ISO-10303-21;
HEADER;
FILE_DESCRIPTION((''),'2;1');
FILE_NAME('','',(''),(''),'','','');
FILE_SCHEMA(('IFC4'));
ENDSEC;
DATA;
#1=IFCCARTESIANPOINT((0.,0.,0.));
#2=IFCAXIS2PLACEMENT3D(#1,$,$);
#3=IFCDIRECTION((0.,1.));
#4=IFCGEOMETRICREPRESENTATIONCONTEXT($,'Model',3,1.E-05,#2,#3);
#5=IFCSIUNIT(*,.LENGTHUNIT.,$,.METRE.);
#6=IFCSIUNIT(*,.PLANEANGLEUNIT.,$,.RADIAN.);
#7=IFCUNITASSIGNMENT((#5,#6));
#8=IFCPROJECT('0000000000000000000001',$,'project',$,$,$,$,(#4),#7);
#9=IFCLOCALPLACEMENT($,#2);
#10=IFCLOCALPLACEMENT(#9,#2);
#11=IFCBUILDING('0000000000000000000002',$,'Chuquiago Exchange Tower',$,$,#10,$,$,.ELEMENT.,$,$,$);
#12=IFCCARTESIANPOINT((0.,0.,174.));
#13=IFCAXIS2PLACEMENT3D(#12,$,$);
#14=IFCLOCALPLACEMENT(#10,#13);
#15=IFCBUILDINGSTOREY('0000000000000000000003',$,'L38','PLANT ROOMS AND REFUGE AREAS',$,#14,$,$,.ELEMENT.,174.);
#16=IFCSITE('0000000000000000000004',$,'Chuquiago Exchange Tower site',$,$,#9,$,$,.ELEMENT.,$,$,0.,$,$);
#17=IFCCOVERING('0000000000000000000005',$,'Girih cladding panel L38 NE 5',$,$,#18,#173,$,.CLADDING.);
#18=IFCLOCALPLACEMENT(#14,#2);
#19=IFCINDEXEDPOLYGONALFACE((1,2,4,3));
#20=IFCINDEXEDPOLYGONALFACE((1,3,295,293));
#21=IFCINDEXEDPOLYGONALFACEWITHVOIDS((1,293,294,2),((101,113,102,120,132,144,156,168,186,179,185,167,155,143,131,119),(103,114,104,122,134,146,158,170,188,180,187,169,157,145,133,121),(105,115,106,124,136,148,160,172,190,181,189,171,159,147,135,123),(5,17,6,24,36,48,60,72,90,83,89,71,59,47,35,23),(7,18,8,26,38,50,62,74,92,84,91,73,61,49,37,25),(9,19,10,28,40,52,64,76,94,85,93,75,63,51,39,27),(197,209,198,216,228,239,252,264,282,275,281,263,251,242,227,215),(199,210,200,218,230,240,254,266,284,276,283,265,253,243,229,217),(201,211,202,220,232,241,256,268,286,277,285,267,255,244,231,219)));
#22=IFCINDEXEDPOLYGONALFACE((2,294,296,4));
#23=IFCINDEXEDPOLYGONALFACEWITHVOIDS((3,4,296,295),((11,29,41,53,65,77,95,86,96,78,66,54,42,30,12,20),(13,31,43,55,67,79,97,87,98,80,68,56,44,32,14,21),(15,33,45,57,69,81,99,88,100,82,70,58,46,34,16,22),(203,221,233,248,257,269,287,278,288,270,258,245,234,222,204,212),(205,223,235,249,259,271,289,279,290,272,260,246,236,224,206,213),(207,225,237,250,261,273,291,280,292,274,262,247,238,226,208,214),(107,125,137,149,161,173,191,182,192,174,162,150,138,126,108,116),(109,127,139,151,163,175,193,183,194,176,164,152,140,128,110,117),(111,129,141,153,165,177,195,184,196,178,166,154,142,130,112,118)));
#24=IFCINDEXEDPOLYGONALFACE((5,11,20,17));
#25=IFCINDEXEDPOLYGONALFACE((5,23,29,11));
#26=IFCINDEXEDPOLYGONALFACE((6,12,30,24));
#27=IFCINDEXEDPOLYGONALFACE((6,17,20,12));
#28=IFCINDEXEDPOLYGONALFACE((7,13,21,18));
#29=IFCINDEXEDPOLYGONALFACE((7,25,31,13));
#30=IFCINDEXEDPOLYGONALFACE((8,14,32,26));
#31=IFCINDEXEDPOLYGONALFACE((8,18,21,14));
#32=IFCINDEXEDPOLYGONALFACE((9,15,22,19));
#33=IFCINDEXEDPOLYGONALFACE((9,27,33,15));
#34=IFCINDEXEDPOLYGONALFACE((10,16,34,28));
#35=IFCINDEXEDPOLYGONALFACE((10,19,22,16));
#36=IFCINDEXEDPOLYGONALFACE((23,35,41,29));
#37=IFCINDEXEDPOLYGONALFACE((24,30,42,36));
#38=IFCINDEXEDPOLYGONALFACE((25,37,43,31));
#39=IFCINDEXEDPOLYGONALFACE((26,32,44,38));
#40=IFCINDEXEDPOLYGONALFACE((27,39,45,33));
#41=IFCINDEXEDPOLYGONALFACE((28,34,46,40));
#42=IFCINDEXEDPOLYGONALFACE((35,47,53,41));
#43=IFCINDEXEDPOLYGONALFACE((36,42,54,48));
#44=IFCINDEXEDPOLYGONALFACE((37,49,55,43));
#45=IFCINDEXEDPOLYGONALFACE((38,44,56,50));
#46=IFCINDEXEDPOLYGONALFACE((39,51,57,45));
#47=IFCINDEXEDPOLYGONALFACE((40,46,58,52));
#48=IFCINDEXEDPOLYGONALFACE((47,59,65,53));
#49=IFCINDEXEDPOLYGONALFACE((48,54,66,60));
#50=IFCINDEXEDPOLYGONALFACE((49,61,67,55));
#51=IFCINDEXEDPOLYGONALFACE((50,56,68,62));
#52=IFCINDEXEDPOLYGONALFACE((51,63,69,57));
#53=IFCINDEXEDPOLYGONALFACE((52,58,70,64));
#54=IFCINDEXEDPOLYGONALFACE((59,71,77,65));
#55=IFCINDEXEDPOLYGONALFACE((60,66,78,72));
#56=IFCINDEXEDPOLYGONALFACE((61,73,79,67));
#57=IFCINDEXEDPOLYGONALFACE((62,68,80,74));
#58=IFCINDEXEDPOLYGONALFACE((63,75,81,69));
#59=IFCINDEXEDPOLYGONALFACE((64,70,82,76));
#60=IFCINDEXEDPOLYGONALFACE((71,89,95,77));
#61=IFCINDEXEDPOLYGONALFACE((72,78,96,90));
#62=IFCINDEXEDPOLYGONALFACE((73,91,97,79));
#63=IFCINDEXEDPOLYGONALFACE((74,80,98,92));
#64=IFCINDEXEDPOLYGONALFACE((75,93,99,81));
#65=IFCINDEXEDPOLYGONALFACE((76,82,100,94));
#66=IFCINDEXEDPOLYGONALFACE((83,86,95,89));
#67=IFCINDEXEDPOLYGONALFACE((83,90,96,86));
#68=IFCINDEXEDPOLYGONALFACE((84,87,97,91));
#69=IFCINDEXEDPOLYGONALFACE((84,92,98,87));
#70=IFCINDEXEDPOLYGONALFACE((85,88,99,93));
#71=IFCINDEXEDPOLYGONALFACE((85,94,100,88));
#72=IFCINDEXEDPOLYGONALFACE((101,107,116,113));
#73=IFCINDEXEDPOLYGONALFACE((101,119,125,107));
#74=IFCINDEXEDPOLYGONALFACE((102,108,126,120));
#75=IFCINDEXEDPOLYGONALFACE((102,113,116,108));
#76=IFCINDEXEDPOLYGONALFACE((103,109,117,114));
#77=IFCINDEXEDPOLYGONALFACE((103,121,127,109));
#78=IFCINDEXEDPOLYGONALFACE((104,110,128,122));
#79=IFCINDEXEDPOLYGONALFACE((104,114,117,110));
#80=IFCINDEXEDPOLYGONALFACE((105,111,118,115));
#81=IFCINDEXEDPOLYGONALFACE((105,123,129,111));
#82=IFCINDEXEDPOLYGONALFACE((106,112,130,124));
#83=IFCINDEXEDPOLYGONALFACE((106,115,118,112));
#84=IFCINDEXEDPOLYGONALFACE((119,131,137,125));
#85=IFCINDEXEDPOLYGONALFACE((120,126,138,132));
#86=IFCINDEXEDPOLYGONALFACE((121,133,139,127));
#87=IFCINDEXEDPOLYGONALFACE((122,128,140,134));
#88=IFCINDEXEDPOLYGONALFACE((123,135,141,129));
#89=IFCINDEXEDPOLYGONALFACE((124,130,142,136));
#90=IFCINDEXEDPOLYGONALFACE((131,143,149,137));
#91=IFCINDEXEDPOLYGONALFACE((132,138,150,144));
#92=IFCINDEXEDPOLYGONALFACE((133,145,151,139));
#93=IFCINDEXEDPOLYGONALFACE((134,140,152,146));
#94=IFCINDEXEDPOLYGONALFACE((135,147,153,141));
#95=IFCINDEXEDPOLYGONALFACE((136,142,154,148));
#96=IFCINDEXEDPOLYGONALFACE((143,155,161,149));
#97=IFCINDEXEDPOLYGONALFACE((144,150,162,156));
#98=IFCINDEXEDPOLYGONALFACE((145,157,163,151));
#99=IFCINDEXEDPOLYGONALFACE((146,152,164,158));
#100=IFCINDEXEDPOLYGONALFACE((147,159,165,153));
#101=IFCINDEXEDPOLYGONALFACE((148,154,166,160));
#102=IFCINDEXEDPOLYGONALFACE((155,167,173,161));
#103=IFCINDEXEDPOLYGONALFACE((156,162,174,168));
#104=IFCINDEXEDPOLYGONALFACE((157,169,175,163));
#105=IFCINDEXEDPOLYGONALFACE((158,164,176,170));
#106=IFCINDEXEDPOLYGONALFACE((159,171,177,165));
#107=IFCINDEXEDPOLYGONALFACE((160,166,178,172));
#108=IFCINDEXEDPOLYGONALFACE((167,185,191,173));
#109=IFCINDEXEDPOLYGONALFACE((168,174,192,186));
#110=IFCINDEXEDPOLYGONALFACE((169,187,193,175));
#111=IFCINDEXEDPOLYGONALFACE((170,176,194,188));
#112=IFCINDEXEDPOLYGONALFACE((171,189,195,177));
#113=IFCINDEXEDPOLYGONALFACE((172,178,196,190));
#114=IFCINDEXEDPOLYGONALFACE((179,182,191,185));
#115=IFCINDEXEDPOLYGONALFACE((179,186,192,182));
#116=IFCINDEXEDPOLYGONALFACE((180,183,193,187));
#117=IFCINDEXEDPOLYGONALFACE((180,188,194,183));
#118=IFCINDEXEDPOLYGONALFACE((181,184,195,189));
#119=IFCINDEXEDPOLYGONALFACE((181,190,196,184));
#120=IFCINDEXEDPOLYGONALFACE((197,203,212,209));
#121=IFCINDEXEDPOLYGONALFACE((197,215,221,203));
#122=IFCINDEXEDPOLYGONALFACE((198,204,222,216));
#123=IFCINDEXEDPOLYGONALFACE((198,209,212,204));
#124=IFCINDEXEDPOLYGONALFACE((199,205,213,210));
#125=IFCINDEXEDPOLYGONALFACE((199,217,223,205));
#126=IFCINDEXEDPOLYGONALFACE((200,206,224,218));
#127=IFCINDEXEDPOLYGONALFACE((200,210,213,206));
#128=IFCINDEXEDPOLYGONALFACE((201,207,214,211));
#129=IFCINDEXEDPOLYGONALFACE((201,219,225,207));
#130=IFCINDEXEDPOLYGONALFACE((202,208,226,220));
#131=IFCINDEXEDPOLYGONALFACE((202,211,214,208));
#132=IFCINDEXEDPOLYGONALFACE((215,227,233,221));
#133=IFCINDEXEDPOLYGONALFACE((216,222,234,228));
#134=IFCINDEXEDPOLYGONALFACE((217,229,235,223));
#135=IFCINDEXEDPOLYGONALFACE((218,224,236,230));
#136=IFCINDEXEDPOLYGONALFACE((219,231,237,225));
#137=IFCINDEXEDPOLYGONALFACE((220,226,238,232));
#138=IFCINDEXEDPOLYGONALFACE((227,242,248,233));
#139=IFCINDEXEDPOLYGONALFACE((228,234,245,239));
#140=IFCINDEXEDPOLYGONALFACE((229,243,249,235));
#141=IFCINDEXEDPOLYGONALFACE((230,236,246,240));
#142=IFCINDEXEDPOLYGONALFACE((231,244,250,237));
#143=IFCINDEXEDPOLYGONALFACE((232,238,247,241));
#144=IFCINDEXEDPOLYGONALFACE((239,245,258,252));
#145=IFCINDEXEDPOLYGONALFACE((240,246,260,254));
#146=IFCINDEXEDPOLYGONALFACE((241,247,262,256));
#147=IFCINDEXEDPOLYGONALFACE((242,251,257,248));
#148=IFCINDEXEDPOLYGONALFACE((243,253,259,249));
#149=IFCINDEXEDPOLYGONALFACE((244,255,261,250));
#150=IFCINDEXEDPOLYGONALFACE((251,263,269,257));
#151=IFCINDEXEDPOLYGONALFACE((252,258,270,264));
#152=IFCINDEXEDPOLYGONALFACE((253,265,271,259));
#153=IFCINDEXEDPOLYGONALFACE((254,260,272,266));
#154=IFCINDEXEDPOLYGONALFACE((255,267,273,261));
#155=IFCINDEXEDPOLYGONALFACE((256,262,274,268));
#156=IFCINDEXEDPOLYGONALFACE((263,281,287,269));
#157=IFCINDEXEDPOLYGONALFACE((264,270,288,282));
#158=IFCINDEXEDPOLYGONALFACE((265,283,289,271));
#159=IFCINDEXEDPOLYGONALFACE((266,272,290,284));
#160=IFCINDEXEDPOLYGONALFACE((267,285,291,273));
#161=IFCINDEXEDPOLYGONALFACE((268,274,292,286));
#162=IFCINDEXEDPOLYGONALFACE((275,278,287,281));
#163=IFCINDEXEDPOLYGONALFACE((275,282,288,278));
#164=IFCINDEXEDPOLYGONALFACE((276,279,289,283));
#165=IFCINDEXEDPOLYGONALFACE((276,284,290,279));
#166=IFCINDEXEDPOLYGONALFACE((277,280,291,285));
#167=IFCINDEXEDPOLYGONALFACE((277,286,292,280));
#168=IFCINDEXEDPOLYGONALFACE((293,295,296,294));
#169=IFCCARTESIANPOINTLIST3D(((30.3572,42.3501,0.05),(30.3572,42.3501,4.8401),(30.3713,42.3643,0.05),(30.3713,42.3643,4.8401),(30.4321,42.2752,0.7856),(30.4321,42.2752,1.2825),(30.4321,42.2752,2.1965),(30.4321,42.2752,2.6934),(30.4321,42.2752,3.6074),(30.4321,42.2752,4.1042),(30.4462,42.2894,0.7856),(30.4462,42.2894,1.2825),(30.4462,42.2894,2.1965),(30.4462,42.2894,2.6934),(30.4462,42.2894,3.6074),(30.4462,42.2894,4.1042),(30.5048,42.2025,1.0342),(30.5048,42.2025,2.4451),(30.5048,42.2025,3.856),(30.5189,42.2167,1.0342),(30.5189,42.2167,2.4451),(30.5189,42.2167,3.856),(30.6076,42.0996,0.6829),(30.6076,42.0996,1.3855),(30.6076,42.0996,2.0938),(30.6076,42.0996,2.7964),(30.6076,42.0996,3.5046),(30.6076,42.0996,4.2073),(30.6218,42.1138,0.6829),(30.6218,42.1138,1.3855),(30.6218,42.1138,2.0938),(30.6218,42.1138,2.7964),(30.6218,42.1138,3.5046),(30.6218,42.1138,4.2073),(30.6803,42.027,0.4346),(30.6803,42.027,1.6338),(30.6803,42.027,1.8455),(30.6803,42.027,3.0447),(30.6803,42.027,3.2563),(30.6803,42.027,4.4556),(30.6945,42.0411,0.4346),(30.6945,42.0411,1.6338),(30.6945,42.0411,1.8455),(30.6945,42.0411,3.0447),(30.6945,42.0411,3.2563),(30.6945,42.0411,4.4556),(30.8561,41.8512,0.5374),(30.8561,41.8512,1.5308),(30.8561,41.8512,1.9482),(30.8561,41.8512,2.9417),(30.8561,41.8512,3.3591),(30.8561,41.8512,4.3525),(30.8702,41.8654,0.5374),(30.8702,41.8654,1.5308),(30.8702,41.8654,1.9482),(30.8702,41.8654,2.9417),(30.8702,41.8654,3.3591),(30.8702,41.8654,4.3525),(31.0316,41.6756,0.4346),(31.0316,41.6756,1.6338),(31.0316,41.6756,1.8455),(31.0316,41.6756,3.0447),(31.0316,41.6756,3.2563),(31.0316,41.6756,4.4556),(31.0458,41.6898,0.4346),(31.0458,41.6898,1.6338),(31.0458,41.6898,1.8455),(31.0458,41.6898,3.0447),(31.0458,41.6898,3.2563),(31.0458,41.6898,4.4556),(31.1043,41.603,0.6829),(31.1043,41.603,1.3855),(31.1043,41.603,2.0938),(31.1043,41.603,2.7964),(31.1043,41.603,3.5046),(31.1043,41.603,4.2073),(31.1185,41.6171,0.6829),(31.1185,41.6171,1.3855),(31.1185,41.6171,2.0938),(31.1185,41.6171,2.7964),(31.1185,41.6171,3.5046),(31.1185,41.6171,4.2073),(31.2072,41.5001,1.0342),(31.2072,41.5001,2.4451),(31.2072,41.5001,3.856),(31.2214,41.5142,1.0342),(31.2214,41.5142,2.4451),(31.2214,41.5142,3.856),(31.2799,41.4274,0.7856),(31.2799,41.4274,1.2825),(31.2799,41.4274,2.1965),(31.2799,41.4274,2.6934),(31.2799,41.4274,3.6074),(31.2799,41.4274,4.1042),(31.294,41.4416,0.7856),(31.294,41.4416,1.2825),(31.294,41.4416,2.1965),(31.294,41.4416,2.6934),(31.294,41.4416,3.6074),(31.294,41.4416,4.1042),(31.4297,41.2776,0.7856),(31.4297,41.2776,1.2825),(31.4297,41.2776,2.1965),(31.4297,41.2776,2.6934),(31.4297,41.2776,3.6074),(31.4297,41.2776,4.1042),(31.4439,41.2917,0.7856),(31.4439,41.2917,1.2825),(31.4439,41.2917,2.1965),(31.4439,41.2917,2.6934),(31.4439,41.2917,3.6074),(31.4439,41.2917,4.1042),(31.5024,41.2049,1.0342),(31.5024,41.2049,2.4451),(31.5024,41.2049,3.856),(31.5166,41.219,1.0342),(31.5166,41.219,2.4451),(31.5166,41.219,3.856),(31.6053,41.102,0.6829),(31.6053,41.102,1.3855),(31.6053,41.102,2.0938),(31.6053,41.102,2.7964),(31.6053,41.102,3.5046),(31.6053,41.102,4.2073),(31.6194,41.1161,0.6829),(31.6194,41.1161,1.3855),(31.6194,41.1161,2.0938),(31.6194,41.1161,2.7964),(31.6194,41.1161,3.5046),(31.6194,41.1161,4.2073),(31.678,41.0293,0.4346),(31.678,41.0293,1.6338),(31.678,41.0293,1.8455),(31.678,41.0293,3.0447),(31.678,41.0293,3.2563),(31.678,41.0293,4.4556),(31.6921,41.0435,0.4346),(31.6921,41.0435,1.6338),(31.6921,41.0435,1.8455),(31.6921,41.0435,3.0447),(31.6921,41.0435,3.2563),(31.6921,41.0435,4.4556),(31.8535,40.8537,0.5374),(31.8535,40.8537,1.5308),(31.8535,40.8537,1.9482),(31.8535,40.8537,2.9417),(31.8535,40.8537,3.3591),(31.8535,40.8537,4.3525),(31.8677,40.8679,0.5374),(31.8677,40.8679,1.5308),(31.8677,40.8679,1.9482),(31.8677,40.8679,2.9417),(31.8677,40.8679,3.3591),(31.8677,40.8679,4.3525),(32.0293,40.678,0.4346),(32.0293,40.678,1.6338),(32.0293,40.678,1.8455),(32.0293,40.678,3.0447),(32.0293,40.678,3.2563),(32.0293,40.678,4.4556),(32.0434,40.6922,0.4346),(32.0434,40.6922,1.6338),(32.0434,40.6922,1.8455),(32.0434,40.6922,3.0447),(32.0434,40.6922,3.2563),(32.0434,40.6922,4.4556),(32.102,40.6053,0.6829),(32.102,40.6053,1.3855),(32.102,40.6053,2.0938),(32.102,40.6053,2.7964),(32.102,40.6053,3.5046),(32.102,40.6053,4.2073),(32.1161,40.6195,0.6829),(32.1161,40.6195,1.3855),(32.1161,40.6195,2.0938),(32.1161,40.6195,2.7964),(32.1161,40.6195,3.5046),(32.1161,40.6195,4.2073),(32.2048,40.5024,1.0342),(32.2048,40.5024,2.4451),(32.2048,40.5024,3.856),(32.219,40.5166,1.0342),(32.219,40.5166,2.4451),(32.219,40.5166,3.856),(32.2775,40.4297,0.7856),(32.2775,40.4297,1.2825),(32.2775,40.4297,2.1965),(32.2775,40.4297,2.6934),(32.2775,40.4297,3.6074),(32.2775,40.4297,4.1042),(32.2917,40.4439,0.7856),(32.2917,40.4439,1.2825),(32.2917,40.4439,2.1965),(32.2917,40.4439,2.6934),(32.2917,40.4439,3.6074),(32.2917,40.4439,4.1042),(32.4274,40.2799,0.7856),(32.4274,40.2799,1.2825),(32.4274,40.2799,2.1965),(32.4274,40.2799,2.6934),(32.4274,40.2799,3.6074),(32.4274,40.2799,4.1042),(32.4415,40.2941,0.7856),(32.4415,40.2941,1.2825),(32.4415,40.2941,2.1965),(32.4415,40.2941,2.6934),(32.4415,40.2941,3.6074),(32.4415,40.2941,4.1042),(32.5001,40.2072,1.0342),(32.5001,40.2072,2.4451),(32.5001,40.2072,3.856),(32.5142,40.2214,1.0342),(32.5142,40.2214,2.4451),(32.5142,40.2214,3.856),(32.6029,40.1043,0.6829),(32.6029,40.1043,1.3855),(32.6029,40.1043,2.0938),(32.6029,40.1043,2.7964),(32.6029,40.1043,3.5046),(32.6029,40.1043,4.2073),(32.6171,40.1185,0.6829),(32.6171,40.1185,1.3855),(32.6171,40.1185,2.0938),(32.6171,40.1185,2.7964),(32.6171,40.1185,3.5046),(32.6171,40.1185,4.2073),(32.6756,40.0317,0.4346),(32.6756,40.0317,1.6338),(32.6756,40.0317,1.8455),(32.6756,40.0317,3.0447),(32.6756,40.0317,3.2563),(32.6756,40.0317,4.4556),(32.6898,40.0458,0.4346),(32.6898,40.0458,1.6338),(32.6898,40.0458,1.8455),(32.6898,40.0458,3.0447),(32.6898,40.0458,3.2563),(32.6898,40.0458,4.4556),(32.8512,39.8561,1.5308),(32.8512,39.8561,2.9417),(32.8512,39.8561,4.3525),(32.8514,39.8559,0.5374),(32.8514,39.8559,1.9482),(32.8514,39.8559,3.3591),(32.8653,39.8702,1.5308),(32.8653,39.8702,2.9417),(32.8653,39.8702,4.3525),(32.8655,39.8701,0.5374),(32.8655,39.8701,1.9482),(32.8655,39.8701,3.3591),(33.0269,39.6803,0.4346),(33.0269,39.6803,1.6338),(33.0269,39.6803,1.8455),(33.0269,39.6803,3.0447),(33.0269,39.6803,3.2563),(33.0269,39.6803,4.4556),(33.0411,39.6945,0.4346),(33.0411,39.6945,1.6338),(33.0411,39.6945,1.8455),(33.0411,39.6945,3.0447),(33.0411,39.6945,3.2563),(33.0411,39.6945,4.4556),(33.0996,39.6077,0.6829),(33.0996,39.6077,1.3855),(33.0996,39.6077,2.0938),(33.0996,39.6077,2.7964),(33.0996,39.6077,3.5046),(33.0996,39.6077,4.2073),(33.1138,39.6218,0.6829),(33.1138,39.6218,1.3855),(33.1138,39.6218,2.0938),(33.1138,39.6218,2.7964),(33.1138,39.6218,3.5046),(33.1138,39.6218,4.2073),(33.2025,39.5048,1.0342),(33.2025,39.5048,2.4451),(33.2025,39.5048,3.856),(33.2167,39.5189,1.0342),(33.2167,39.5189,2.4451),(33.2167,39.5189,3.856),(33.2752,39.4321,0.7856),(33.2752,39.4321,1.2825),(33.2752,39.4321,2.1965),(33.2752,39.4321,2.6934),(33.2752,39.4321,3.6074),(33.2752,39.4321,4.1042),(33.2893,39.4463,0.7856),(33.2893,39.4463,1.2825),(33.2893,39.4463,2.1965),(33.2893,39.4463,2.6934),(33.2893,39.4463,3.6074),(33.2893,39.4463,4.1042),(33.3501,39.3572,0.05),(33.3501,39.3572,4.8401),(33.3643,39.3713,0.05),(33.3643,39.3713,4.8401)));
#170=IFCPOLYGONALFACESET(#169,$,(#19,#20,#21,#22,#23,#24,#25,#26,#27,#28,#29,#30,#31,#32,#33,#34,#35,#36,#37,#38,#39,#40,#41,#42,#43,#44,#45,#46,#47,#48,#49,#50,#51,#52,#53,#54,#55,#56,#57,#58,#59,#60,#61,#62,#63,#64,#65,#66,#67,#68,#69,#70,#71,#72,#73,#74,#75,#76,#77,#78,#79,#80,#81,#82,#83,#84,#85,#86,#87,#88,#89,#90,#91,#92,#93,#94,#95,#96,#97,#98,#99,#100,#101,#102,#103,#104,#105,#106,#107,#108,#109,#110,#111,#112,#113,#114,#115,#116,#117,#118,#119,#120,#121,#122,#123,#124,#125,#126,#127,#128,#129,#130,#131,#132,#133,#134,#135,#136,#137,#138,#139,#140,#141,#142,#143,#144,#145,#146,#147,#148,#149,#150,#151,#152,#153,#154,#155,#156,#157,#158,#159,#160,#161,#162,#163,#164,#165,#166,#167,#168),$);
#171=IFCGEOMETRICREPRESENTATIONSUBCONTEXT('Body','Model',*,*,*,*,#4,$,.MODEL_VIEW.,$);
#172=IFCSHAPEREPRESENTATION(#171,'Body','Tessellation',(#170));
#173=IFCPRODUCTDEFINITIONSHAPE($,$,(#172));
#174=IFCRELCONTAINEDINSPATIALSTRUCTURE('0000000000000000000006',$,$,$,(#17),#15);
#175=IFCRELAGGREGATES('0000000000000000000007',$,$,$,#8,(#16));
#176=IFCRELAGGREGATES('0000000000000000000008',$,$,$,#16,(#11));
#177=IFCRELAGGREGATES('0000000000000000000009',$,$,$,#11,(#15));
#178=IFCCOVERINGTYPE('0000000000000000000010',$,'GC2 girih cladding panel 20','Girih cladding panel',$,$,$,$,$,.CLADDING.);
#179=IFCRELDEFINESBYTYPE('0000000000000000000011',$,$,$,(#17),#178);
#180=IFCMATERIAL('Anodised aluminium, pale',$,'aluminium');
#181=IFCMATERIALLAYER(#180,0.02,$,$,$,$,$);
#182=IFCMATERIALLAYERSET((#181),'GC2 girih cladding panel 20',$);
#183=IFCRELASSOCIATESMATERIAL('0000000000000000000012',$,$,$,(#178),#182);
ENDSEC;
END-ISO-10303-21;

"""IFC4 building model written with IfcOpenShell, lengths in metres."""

from ifc_helpers import new_model, si_unit, direction, frame, origin, place, context, subcontext, project, spatial, polyline, outline, extrude, material, layer, layer_set, type_object, element, save


model = new_model("IFC4")

# Units and contexts
model_context = context("Model", 3, precision=1e-05, world=origin(), true_north=direction((0.0, 1.0)))
body_context = subcontext(model_context, "Body", "Model", "MODEL_VIEW")
ifc_project = project(units=[si_unit("LENGTHUNIT", "METRE"), si_unit("PLANEANGLEUNIT", "RADIAN")], contexts=[model_context])

# Site, building, storey
site_placement = place(None, origin())
site = spatial("IfcSite", under=ifc_project, at=site_placement, Name="Chuquiago Exchange Tower site", CompositionType="ELEMENT", RefElevation=0.0)
building_placement = place(site_placement, origin())
building = spatial("IfcBuilding", under=site, at=building_placement, Name="Chuquiago Exchange Tower", CompositionType="ELEMENT")
storey_placement = place(building_placement, frame((0.0, 0.0, 174.0)))
storey = spatial("IfcBuildingStorey", under=building, at=storey_placement, Name="L38", Description="PLANT ROOMS AND REFUGE AREAS", CompositionType="ELEMENT", Elevation=174.0)

# Covering
ifc_material_1 = material(Name="Anodised aluminium, pale", Category="aluminium")
ifc_layer_1 = layer(ifc_material_1, 0.02)
ifc_layer_set_1 = layer_set([ifc_layer_1], Name="GC2 girih cladding panel 20")
covering_type = type_object("IfcCoveringType", Name="GC2 girih cladding panel 20", Description="Girih cladding panel", PredefinedType="CLADDING", material=ifc_layer_set_1)
covering_placement = place(storey_placement, frame((33.3501, 39.3572, 0.05), z_axis=(0.0, 0.0, 1.0), x_axis=(-0.707107, 0.707107, 0.0)))
element("IfcCovering", 1, at=covering_placement, inside=storey, type_object=covering_type, Name="Girih cladding panel L38 NE 5", PredefinedType="CLADDING", context=body_context, shape_type="SweptSolid", body=[
    extrude(outline(polyline([(0.0, 0.0), (4.2327, 0.0), (4.2327, 4.79), (0.0, 4.79), (0.0, 0.0)]), holes=[polyline([(1.2021, 0.9841), (1.3049, 1.2324), (1.0566, 1.3354), (0.9539, 1.5837), (0.7056, 1.4807), (0.457, 1.5837), (0.3542, 1.3354), (0.106, 1.2324), (0.2087, 0.9841), (0.106, 0.7356), (0.3542, 0.6328), (0.457, 0.3845), (0.7053, 0.4873), (0.9539, 0.3845), (1.0566, 0.6328), (1.3049, 0.7356), (1.2021, 0.9841)]), polyline([(2.613, 0.9841), (2.7158, 1.2324), (2.4675, 1.3354), (2.3647, 1.5837), (2.1165, 1.4807), (1.8679, 1.5837), (1.7651, 1.3354), (1.5168, 1.2324), (1.6196, 0.9841), (1.5168, 0.7356), (1.7651, 0.6328), (1.8679, 0.3845), (2.1165, 0.4873), (2.3647, 0.3845), (2.4675, 0.6328), (2.7158, 0.7356), (2.613, 0.9841)]), polyline([(4.0239, 0.9841), (4.1267, 1.2324), (3.8784, 1.3354), (3.7756, 1.5837), (3.5271, 1.4807), (3.2788, 1.5837), (3.176, 1.3354), (2.9277, 1.2324), (3.0305, 0.9841), (2.9277, 0.7356), (3.176, 0.6328), (3.2788, 0.3845), (3.5271, 0.4873), (3.7756, 0.3845), (3.8784, 0.6328), (4.1267, 0.7356), (4.0239, 0.9841)]), polyline([(1.2021, 2.395), (1.3049, 2.6433), (1.0566, 2.7463), (0.9539, 2.9946), (0.7056, 2.8916), (0.457, 2.9946), (0.3542, 2.7463), (0.106, 2.6433), (0.2087, 2.395), (0.106, 2.1465), (0.3542, 2.0437), (0.457, 1.7954), (0.7053, 1.8982), (0.9539, 1.7954), (1.0566, 2.0437), (1.3049, 2.1465), (1.2021, 2.395)]), polyline([(2.613, 2.395), (2.7158, 2.6433), (2.4675, 2.7463), (2.3647, 2.9946), (2.1165, 2.8916), (1.8679, 2.9946), (1.7651, 2.7463), (1.5168, 2.6433), (1.6196, 2.395), (1.5168, 2.1465), (1.7651, 2.0437), (1.8679, 1.7954), (2.1165, 1.8982), (2.3647, 1.7954), (2.4675, 2.0437), (2.7158, 2.1465), (2.613, 2.395)]), polyline([(4.0239, 2.395), (4.1267, 2.6433), (3.8784, 2.7463), (3.7756, 2.9946), (3.5271, 2.8916), (3.2788, 2.9946), (3.176, 2.7463), (2.9277, 2.6433), (3.0305, 2.395), (2.9277, 2.1465), (3.176, 2.0437), (3.2788, 1.7954), (3.5271, 1.8982), (3.7756, 1.7954), (3.8784, 2.0437), (4.1267, 2.1465), (4.0239, 2.395)]), polyline([(1.2021, 3.8059), (1.3049, 4.0542), (1.0566, 4.1572), (0.9539, 4.4055), (0.7056, 4.3025), (0.457, 4.4055), (0.3542, 4.1572), (0.106, 4.0542), (0.2087, 3.8059), (0.106, 3.5574), (0.3542, 3.4546), (0.457, 3.2063), (0.7053, 3.3091), (0.9539, 3.2063), (1.0566, 3.4546), (1.3049, 3.5574), (1.2021, 3.8059)]), polyline([(2.613, 3.8059), (2.7158, 4.0542), (2.4675, 4.1572), (2.3647, 4.4055), (2.1165, 4.3025), (1.8679, 4.4055), (1.7651, 4.1572), (1.5168, 4.0542), (1.6196, 3.8059), (1.5168, 3.5574), (1.7651, 3.4546), (1.8679, 3.2063), (2.1165, 3.3091), (2.3647, 3.2063), (2.4675, 3.4546), (2.7158, 3.5574), (2.613, 3.8059)]), polyline([(4.0239, 3.8059), (4.1267, 4.0542), (3.8784, 4.1572), (3.7756, 4.4055), (3.5271, 4.3025), (3.2788, 4.4055), (3.176, 4.1572), (2.9277, 4.0542), (3.0305, 3.8059), (2.9277, 3.5574), (3.176, 3.4546), (3.2788, 3.2063), (3.5271, 3.3091), (3.7756, 3.2063), (3.8784, 3.4546), (4.1267, 3.5574), (4.0239, 3.8059)])]), frame((0.0, 0.0, 0.0), z_axis=(0.0, -1.0, 0.0), x_axis=(1.0, 0.0, 0.0)), (0.0, 0.0, 1.0), 0.02),
])

save(model, "model.ifc")
